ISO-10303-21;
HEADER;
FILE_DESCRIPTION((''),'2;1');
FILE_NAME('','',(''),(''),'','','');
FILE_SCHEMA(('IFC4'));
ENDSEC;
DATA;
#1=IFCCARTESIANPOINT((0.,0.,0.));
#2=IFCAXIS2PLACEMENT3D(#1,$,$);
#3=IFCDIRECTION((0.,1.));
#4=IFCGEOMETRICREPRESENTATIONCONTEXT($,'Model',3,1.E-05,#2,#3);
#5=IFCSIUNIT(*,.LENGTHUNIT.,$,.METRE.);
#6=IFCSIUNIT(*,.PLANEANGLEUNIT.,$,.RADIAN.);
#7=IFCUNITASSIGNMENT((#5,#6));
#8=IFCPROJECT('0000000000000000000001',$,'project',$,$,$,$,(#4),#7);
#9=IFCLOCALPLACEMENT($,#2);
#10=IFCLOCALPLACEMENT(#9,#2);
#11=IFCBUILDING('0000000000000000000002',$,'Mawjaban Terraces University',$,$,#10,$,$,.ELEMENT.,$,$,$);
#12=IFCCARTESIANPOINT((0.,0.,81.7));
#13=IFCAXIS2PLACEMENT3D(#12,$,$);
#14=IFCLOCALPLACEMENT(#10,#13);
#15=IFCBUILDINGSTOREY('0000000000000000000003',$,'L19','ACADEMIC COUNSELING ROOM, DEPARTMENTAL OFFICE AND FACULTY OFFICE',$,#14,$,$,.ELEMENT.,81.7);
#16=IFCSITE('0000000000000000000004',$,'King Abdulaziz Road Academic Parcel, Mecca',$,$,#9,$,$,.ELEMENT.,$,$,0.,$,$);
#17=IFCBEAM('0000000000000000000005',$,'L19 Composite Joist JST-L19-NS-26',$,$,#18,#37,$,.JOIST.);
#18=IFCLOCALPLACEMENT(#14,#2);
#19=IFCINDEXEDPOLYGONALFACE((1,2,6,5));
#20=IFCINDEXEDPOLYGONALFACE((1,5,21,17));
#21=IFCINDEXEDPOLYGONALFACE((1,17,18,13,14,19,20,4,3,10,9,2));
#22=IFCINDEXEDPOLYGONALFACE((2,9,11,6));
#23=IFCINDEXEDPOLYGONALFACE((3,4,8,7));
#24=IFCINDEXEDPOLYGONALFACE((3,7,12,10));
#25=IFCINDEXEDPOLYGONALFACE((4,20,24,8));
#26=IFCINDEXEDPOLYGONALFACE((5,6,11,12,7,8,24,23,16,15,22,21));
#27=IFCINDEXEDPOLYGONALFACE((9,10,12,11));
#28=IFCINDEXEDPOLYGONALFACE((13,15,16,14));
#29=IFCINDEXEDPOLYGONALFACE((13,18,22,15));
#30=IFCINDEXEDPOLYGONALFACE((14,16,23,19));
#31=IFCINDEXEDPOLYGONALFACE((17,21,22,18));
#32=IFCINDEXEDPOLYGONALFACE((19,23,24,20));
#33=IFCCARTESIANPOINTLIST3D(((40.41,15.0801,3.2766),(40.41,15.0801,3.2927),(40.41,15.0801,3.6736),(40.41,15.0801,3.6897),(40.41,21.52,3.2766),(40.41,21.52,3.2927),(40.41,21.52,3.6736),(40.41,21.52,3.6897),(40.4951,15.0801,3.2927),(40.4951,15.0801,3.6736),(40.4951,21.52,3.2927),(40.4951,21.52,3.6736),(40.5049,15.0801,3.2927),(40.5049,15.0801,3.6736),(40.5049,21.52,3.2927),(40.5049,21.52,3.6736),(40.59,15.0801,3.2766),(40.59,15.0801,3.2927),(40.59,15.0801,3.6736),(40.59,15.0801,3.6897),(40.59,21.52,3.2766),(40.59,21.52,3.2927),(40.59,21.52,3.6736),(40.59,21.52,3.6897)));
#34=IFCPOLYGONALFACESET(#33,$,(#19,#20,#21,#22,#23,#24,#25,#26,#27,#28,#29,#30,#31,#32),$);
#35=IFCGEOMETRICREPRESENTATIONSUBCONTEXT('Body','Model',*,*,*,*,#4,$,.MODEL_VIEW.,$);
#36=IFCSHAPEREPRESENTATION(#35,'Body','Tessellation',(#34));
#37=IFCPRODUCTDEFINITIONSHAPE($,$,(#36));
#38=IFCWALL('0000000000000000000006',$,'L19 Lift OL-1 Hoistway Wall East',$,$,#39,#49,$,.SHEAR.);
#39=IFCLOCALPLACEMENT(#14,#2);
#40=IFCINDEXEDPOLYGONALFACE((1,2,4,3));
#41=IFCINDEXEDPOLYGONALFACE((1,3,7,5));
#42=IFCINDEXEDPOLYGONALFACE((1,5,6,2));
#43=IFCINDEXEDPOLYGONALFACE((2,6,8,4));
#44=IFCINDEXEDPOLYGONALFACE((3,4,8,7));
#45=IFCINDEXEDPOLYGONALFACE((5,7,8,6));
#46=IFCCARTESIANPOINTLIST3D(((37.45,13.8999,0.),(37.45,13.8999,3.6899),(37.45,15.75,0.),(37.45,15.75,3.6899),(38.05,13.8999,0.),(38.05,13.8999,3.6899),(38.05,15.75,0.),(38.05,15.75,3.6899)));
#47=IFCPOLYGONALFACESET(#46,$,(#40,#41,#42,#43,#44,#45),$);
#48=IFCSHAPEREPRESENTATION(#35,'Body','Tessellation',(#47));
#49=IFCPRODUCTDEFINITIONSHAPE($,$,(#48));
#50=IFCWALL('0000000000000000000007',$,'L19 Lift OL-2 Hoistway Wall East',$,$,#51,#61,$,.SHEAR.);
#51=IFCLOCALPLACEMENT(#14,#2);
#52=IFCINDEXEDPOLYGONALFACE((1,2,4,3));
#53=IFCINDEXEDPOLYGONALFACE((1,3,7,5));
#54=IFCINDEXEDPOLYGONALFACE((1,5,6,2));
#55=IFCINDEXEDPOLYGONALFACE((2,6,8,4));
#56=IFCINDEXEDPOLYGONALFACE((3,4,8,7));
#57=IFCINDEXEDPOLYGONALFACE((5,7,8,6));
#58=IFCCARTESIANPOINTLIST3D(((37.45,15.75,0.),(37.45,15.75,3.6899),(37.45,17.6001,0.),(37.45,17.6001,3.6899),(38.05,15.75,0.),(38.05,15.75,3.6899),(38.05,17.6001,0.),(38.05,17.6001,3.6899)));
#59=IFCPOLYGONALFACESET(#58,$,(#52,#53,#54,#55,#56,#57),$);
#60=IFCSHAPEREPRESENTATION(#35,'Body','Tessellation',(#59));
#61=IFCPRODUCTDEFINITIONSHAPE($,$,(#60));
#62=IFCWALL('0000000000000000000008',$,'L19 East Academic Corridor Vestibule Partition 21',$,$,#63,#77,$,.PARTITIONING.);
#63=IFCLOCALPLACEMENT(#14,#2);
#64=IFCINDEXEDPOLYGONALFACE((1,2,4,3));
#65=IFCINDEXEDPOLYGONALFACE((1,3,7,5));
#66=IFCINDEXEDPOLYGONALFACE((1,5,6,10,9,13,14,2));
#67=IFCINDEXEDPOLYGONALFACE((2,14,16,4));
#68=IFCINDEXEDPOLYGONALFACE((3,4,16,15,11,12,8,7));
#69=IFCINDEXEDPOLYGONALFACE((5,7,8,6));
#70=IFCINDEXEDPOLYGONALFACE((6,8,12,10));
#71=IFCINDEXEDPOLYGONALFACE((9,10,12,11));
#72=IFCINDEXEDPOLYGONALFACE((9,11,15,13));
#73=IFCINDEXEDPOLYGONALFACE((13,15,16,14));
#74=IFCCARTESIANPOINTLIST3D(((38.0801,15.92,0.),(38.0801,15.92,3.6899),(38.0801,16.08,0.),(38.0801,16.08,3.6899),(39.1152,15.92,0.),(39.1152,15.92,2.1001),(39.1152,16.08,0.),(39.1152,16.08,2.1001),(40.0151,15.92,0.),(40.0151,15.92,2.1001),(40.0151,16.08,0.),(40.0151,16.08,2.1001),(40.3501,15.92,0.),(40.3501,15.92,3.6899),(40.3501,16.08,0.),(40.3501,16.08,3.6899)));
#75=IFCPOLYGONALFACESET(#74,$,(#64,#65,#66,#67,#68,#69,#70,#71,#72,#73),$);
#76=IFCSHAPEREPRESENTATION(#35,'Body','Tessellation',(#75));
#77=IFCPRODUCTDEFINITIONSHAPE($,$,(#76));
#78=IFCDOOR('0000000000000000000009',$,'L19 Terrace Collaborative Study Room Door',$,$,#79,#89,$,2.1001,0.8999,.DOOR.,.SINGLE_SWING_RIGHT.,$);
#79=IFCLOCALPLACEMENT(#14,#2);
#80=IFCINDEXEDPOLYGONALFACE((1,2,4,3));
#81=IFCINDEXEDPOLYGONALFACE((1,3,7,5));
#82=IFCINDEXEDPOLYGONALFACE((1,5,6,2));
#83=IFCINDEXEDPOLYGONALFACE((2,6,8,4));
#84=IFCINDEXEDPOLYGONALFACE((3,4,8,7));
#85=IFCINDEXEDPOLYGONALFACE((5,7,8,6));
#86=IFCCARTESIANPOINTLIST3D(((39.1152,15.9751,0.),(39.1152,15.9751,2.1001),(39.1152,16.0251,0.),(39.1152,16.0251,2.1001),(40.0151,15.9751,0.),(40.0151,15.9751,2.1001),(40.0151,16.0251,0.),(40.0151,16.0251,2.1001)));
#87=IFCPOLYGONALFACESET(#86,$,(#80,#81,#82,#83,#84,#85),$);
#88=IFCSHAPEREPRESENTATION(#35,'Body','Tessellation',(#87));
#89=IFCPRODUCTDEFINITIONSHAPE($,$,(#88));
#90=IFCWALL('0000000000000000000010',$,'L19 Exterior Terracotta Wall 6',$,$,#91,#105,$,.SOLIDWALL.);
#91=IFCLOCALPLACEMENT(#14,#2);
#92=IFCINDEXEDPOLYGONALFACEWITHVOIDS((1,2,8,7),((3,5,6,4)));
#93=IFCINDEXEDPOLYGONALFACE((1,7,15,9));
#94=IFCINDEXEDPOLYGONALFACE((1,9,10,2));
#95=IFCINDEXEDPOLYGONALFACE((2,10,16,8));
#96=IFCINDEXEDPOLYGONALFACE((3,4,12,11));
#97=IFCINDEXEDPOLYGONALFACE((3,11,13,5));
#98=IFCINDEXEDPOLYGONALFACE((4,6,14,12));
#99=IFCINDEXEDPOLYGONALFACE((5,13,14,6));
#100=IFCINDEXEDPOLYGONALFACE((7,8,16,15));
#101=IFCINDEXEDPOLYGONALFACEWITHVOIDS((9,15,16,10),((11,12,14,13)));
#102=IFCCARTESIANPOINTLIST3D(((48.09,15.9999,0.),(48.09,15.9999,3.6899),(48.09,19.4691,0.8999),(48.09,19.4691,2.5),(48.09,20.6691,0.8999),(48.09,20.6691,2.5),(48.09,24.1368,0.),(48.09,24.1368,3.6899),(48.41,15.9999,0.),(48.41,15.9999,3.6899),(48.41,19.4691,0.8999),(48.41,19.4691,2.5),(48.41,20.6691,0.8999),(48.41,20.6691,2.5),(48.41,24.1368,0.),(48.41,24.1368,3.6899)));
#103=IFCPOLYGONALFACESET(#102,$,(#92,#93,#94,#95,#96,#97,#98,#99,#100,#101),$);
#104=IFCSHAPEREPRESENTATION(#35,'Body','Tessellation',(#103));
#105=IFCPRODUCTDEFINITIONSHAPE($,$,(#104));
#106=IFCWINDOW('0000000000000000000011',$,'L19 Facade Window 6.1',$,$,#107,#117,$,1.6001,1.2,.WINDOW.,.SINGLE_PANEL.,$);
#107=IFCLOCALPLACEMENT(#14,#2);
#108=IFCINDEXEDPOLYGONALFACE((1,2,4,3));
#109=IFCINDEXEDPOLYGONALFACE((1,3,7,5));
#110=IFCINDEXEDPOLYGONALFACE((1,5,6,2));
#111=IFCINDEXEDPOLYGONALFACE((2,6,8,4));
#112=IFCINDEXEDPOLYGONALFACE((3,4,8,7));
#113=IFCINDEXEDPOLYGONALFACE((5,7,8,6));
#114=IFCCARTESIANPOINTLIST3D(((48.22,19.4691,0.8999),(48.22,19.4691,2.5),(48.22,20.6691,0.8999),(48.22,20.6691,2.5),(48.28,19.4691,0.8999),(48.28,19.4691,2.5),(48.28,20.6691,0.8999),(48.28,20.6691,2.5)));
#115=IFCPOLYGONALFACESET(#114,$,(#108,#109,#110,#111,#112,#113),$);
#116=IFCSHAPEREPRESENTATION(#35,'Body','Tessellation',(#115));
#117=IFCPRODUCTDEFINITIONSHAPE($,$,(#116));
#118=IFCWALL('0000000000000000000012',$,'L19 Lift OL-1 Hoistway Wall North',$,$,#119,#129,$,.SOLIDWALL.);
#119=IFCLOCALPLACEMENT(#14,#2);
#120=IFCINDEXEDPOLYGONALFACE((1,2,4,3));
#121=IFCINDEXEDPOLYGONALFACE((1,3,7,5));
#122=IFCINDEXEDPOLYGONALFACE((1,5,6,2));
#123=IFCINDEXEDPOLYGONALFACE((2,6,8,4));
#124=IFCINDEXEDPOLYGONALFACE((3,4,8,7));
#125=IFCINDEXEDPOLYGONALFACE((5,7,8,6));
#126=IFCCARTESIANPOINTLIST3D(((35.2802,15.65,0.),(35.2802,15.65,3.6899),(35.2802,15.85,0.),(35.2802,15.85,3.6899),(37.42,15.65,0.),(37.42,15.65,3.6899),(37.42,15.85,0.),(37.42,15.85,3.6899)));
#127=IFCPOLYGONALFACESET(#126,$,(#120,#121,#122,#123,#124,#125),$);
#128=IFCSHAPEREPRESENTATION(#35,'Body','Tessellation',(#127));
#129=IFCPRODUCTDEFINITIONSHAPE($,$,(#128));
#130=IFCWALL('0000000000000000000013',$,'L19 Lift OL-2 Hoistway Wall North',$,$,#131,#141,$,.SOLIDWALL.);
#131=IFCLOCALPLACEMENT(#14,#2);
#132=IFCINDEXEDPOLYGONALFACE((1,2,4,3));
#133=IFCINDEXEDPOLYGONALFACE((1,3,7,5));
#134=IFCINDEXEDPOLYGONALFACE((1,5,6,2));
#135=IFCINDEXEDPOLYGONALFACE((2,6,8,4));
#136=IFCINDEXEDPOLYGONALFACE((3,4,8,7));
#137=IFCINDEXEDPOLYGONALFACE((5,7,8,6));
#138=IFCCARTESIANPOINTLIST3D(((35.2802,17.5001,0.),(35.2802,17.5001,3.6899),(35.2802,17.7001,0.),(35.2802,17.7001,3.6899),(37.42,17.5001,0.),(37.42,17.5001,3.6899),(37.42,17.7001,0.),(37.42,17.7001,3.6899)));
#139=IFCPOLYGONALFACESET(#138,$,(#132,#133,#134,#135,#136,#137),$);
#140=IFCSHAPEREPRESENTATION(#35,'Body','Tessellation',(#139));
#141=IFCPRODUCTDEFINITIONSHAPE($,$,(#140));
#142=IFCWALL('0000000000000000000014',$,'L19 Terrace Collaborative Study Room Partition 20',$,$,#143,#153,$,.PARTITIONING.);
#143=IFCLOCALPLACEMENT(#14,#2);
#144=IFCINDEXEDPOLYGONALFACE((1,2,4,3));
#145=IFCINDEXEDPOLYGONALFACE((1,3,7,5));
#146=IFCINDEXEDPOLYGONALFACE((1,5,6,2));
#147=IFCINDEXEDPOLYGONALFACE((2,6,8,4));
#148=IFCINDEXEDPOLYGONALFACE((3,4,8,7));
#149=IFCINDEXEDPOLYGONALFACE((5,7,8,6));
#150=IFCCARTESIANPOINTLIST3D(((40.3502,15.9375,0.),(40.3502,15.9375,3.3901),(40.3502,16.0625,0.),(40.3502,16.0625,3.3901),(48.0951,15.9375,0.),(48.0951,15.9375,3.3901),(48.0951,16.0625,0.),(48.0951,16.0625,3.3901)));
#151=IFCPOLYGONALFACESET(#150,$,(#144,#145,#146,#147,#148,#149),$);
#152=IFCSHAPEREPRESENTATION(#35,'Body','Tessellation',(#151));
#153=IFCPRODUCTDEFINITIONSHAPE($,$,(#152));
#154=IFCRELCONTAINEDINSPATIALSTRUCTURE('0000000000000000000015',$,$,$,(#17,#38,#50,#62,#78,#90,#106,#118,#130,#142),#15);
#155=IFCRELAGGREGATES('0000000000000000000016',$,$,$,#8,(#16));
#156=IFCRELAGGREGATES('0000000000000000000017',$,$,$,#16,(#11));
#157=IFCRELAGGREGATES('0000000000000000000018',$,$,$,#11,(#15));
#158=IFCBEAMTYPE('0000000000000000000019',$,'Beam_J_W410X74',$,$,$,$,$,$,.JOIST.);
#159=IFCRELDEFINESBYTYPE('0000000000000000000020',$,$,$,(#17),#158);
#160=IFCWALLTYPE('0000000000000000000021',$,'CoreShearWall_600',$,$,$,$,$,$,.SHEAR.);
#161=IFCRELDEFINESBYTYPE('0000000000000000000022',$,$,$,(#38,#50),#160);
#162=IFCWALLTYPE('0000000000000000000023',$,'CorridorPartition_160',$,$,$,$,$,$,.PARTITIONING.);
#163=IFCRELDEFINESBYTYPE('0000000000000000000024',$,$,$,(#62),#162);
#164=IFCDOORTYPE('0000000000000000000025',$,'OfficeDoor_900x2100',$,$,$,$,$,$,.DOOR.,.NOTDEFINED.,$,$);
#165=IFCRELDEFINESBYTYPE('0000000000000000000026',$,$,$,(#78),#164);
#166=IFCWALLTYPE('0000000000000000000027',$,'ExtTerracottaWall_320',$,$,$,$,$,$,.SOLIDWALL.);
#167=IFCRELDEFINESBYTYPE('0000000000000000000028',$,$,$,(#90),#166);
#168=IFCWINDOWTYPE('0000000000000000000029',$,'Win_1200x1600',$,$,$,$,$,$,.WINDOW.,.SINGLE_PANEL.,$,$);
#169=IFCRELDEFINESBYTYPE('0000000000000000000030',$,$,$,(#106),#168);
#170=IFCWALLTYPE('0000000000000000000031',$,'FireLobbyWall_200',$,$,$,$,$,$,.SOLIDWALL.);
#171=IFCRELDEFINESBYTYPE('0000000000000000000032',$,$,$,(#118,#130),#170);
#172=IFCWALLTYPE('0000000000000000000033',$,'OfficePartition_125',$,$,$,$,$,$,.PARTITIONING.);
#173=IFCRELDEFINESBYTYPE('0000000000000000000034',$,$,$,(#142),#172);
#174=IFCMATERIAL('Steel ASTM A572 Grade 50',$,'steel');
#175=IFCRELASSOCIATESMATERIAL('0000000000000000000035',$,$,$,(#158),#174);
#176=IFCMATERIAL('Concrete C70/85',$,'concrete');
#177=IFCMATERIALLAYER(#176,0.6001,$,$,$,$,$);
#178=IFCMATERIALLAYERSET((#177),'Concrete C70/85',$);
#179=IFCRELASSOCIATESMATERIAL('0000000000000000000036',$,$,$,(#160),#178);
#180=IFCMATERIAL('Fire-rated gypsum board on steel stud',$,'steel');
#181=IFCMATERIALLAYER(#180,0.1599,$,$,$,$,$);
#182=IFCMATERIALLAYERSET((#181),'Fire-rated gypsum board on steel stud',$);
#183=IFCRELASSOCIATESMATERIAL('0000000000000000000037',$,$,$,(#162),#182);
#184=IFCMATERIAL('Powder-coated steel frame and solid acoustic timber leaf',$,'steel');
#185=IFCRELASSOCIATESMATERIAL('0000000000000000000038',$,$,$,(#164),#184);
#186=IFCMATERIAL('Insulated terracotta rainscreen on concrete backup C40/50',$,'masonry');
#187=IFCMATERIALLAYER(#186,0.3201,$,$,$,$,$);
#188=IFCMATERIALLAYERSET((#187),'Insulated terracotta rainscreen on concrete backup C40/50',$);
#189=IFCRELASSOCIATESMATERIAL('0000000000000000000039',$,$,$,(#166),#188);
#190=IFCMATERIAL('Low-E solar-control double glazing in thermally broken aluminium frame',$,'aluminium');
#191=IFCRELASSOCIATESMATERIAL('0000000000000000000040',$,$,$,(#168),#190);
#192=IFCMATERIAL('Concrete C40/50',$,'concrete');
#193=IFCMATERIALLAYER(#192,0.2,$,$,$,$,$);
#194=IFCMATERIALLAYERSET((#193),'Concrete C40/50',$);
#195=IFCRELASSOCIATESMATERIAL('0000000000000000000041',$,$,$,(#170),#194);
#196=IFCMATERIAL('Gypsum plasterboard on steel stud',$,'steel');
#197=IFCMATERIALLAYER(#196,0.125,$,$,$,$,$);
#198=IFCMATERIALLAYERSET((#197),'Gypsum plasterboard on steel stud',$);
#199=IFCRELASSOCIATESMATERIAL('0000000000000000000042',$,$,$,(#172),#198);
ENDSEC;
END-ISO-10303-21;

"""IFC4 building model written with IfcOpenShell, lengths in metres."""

from ifc_helpers import new_model, si_unit, direction, frame, frame_2d, origin, origin_2d, place, context, subcontext, project, spatial, rectangle, i_section, extrude, material, layer, layer_set, material_profile, profile_set, type_object, element, fill, save


model = new_model("IFC4")

# Units and contexts
model_context = context("Model", 3, precision=1e-05, world=origin(), true_north=direction((0.0, 1.0)))
body_context = subcontext(model_context, "Body", "Model", "MODEL_VIEW")
ifc_project = project(units=[si_unit("LENGTHUNIT", "METRE"), si_unit("PLANEANGLEUNIT", "RADIAN")], contexts=[model_context])

# Site, building, storey
site_placement = place(None, origin())
site = spatial("IfcSite", under=ifc_project, at=site_placement, Name="King Abdulaziz Road Academic Parcel, Mecca", CompositionType="ELEMENT", RefElevation=0.0)
building_placement = place(site_placement, origin())
building = spatial("IfcBuilding", under=site, at=building_placement, Name="Mawjaban Terraces University", CompositionType="ELEMENT")
storey_placement = place(building_placement, frame((0.0, 0.0, 81.7)))
storey = spatial("IfcBuildingStorey", under=building, at=storey_placement, Name="L19", Description="ACADEMIC COUNSELING ROOM, DEPARTMENTAL OFFICE AND FACULTY OFFICE", CompositionType="ELEMENT", Elevation=81.7)

# Shared definitions
ifc_material_1 = material(Name="Concrete C70/85", Category="concrete")

# Beam
ifc_material_2 = material(Name="Steel ASTM A572 Grade 50", Category="steel")
ifc_material_profile_1 = material_profile(ifc_material_2, i_section(OverallWidth=0.1799, OverallDepth=0.4131, WebThickness=0.0098, FlangeThickness=0.0161, at=origin_2d()), Name="W410X74")
ifc_profile_set_1 = profile_set([ifc_material_profile_1], Name="Steel ASTM A572 Grade 50")
beam_type_1 = type_object("IfcBeamType", Name="Beam_J_W410X74", PredefinedType="JOIST", material=ifc_profile_set_1)
beam_1_placement = place(storey_placement, frame((40.5, 15.0801, 3.4832), z_axis=(0.0, 1.0, 0.0), x_axis=(-1.0, 0.0, 0.0)))
element("IfcBeam", 1, at=beam_1_placement, inside=storey, type_object=beam_type_1, Name="L19 Composite Joist JST-L19-NS-26", PredefinedType="JOIST", context=body_context, shape_type="SweptSolid", body=[
    extrude(i_section(OverallWidth=0.1799, OverallDepth=0.4131, WebThickness=0.0098, FlangeThickness=0.0161, at=origin_2d()), origin(), (0.0, 0.0, 1.0), 6.4399),
])

# Walls
ifc_layer_1 = layer(ifc_material_1, 0.6001)
ifc_layer_set_1 = layer_set([ifc_layer_1], Name="Concrete C70/85")
wall_type_1 = type_object("IfcWallType", Name="CoreShearWall_600", PredefinedType="SHEAR", material=ifc_layer_set_1)
for number, where, z_axis, x_axis, name in (
    (2, (37.75, 13.8999, 0.0), (0.0, 0.0, 1.0), (0.0, 1.0, 0.0), "L19 Lift OL-1 Hoistway Wall East"),
    (3, (37.75, 15.75, 0.0), (0.0, 0.0, 1.0), (0.0, 1.0, 0.0), "L19 Lift OL-2 Hoistway Wall East"),
):
    element("IfcWall", number, at=place(storey_placement, frame(where, z_axis=z_axis, x_axis=x_axis)), inside=storey, type_object=wall_type_1, Name=name, PredefinedType="SHEAR", context=body_context, shape_type="SweptSolid", body=[
        extrude(rectangle(XDim=1.8501, YDim=0.6001, at=frame_2d((0.925, 0.0))), origin(), (0.0, 0.0, 1.0), 3.6899),
    ])

# Wall, opening, door
ifc_material_3 = material(Name="Fire-rated gypsum board on steel stud", Category="steel")
ifc_layer_2 = layer(ifc_material_3, 0.1599)
ifc_layer_set_2 = layer_set([ifc_layer_2], Name="Fire-rated gypsum board on steel stud")
wall_type_2 = type_object("IfcWallType", Name="CorridorPartition_160", PredefinedType="PARTITIONING", material=ifc_layer_set_2)
wall_1_placement = place(storey_placement, frame((40.3501, 16.0, 0.0), z_axis=(0.0, 0.0, 1.0), x_axis=(-1.0, 0.0, 0.0)))
wall_1 = element("IfcWall", 4, at=wall_1_placement, inside=storey, type_object=wall_type_2, Name="L19 East Academic Corridor Vestibule Partition 21", PredefinedType="PARTITIONING", context=body_context, shape_type="SweptSolid", body=[
    extrude(rectangle(XDim=2.27, YDim=0.1599, at=frame_2d((1.135, 0.0))), origin(), (0.0, 0.0, 1.0), 3.6899),
])
opening_1_placement = place(wall_1_placement, frame((0.335, 0.0, 0.0)))
opening_1 = element("IfcOpeningElement", 5, at=opening_1_placement, cuts=wall_1, PredefinedType="OPENING", context=body_context, shape_type="SweptSolid", body=[
    extrude(rectangle(XDim=0.8999, YDim=2.1001, at=frame_2d((0.45, 1.05))), frame((0.0, 0.0898, 0.0), z_axis=(0.0, -1.0, 0.0), x_axis=(1.0, 0.0, 0.0)), (0.0, 0.0, 1.0), 0.1799),
])
ifc_material_4 = material(Name="Powder-coated steel frame and solid acoustic timber leaf", Category="steel")
door_type = type_object("IfcDoorType", Name="OfficeDoor_900x2100", OperationType="NOTDEFINED", PredefinedType="DOOR", material=ifc_material_4)
door_placement = place(opening_1_placement, origin())
door = element("IfcDoor", 6, at=door_placement, inside=storey, type_object=door_type, Name="L19 Terrace Collaborative Study Room Door", OperationType="SINGLE_SWING_RIGHT", OverallHeight=2.1001, OverallWidth=0.8999, PredefinedType="DOOR", context=body_context, shape_type="SweptSolid", body=[
    extrude(rectangle(XDim=0.8999, YDim=2.1001, at=frame_2d((0.45, 1.05))), frame((0.0, 0.0249, 0.0), z_axis=(0.0, -1.0, 0.0), x_axis=(1.0, 0.0, 0.0)), (0.0, 0.0, 1.0), 0.05),
])
fill(opening_1, door)

# Wall, opening, window
ifc_material_5 = material(Name="Insulated terracotta rainscreen on concrete backup C40/50", Category="masonry")
ifc_layer_3 = layer(ifc_material_5, 0.3201)
ifc_layer_set_3 = layer_set([ifc_layer_3], Name="Insulated terracotta rainscreen on concrete backup C40/50")
wall_type_3 = type_object("IfcWallType", Name="ExtTerracottaWall_320", PredefinedType="SOLIDWALL", material=ifc_layer_set_3)
wall_2_placement = place(storey_placement, frame((48.25, 16.0, 0.0), z_axis=(0.0, 0.0, 1.0), x_axis=(0.0, 1.0, 0.0)))
wall_2 = element("IfcWall", 7, at=wall_2_placement, inside=storey, type_object=wall_type_3, Name="L19 Exterior Terracotta Wall 6", PredefinedType="SOLIDWALL", context=body_context, shape_type="SweptSolid", body=[
    extrude(rectangle(XDim=8.137, YDim=0.3201, at=frame_2d((4.0684, 0.0))), origin(), (0.0, 0.0, 1.0), 3.6899),
])
opening_2_placement = place(wall_2_placement, frame((3.469, 0.0, 0.8999)))
opening_2 = element("IfcOpeningElement", 8, at=opening_2_placement, cuts=wall_2, PredefinedType="OPENING", context=body_context, shape_type="SweptSolid", body=[
    extrude(rectangle(XDim=1.2, YDim=1.6001, at=frame_2d((0.6001, 0.8))), frame((0.0, 0.1699, 0.0), z_axis=(0.0, -1.0, 0.0), x_axis=(1.0, 0.0, 0.0)), (0.0, 0.0, 1.0), 0.3401),
])
ifc_material_6 = material(Name="Low-E solar-control double glazing in thermally broken aluminium frame", Category="aluminium")
window_type = type_object("IfcWindowType", Name="Win_1200x1600", PartitioningType="SINGLE_PANEL", PredefinedType="WINDOW", material=ifc_material_6)
window_placement = place(opening_2_placement, origin())
window = element("IfcWindow", 9, at=window_placement, inside=storey, type_object=window_type, Name="L19 Facade Window 6.1", OverallHeight=1.6001, OverallWidth=1.2, PartitioningType="SINGLE_PANEL", PredefinedType="WINDOW", context=body_context, shape_type="SweptSolid", body=[
    extrude(rectangle(XDim=1.2, YDim=1.6001, at=frame_2d((0.6001, 0.8))), frame((0.0, 0.03, 0.0), z_axis=(0.0, -1.0, 0.0), x_axis=(1.0, 0.0, 0.0)), (0.0, 0.0, 1.0), 0.0601),
])
fill(opening_2, window)

# Walls
ifc_material_7 = material(Name="Concrete C40/50", Category="concrete")
ifc_layer_4 = layer(ifc_material_7, 0.2)
ifc_layer_set_4 = layer_set([ifc_layer_4], Name="Concrete C40/50")
wall_type_4 = type_object("IfcWallType", Name="FireLobbyWall_200", PredefinedType="SOLIDWALL", material=ifc_layer_set_4)
for number, where, z_axis, x_axis, name in (
    (10, (37.4199, 15.75, 0.0), (0.0, 0.0, 1.0), (-1.0, 0.0, 0.0), "L19 Lift OL-1 Hoistway Wall North"),
    (11, (37.4199, 17.6001, 0.0), (0.0, 0.0, 1.0), (-1.0, 0.0, 0.0), "L19 Lift OL-2 Hoistway Wall North"),
):
    element("IfcWall", number, at=place(storey_placement, frame(where, z_axis=z_axis, x_axis=x_axis)), inside=storey, type_object=wall_type_4, Name=name, PredefinedType="SOLIDWALL", context=body_context, shape_type="SweptSolid", body=[
        extrude(rectangle(XDim=2.1399, YDim=0.2, at=frame_2d((1.0698, 0.0))), origin(), (0.0, 0.0, 1.0), 3.6899),
    ])
ifc_material_8 = material(Name="Gypsum plasterboard on steel stud", Category="steel")
ifc_layer_5 = layer(ifc_material_8, 0.125)
ifc_layer_set_5 = layer_set([ifc_layer_5], Name="Gypsum plasterboard on steel stud")
wall_type_5 = type_object("IfcWallType", Name="OfficePartition_125", PredefinedType="PARTITIONING", material=ifc_layer_set_5)
wall_3_placement = place(storey_placement, frame((40.3501, 16.0, 0.0), z_axis=(0.0, 0.0, 1.0), x_axis=(1.0, 0.0, 0.0)))
element("IfcWall", 12, at=wall_3_placement, inside=storey, type_object=wall_type_5, Name="L19 Terrace Collaborative Study Room Partition 20", PredefinedType="PARTITIONING", context=body_context, shape_type="SweptSolid", body=[
    extrude(rectangle(XDim=7.7449, YDim=0.125, at=frame_2d((3.8726, 0.0))), origin(), (0.0, 0.0, 1.0), 3.3901),
])

save(model, "model.ifc")
